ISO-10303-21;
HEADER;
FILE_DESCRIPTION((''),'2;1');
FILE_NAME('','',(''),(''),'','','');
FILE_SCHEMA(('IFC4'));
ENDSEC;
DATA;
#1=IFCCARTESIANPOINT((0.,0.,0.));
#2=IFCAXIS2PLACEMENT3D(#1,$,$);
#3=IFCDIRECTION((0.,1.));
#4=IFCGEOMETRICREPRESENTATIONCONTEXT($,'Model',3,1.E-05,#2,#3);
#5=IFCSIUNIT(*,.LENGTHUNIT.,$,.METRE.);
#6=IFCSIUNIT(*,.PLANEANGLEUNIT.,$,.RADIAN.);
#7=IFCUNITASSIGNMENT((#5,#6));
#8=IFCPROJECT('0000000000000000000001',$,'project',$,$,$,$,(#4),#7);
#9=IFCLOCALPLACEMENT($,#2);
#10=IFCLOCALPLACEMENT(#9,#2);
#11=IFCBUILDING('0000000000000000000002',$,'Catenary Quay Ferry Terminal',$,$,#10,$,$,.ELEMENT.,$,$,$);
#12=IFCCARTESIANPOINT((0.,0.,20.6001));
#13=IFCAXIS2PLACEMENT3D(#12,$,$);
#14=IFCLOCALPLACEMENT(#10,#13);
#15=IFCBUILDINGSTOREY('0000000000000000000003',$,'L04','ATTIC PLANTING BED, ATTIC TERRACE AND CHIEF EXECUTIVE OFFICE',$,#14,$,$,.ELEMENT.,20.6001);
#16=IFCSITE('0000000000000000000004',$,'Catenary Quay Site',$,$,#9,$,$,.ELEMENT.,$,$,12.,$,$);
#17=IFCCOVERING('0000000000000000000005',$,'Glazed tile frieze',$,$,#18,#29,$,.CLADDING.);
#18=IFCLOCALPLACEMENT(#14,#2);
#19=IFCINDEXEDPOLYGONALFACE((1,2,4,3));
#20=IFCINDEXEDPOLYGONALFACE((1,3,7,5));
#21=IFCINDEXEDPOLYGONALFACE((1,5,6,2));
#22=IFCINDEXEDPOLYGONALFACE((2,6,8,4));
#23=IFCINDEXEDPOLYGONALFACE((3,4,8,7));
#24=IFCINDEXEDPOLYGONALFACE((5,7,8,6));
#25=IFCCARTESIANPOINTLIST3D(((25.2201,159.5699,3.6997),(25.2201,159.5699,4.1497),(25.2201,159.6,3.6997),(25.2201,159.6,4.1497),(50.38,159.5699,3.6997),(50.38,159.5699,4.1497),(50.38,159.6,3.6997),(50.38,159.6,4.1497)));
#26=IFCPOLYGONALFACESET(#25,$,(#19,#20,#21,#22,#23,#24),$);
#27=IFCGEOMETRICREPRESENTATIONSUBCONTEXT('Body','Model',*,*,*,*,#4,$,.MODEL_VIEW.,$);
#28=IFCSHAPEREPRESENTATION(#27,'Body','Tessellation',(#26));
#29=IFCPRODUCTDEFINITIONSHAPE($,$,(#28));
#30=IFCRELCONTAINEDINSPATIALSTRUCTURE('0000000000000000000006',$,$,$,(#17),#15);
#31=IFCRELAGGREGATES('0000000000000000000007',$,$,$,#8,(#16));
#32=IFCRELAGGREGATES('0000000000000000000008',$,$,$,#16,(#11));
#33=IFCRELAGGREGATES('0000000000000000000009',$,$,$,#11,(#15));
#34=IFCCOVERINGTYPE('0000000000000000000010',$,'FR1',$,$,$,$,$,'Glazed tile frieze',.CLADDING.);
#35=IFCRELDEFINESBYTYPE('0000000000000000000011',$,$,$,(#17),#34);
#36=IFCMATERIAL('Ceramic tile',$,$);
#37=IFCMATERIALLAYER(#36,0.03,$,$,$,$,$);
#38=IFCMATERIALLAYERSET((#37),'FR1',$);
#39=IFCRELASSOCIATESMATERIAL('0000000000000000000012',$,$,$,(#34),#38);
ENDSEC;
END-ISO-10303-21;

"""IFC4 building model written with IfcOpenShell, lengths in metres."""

from ifc_helpers import new_model, si_unit, direction, frame, origin, origin_2d, place, context, subcontext, project, spatial, rectangle, extrude, material, layer, layer_set, type_object, element, save


model = new_model("IFC4")

# Units and contexts
model_context = context("Model", 3, precision=1e-05, world=origin(), true_north=direction((0.0, 1.0)))
body_context = subcontext(model_context, "Body", "Model", "MODEL_VIEW")
ifc_project = project(units=[si_unit("LENGTHUNIT", "METRE"), si_unit("PLANEANGLEUNIT", "RADIAN")], contexts=[model_context])

# Site, building, storey
site_placement = place(None, origin())
site = spatial("IfcSite", under=ifc_project, at=site_placement, Name="Catenary Quay Site", CompositionType="ELEMENT", RefElevation=12.0)
building_placement = place(site_placement, origin())
building = spatial("IfcBuilding", under=site, at=building_placement, Name="Catenary Quay Ferry Terminal", CompositionType="ELEMENT")
storey_placement = place(building_placement, frame((0.0, 0.0, 20.6001)))
storey = spatial("IfcBuildingStorey", under=building, at=storey_placement, Name="L04", Description="ATTIC PLANTING BED, ATTIC TERRACE AND CHIEF EXECUTIVE OFFICE", CompositionType="ELEMENT", Elevation=20.6001)

# Covering
ifc_material_1 = material(Name="Ceramic tile")
ifc_layer_1 = layer(ifc_material_1, 0.03)
ifc_layer_set_1 = layer_set([ifc_layer_1], Name="FR1")
covering_type_1 = type_object("IfcCoveringType", Name="FR1", ElementType="Glazed tile frieze", PredefinedType="CLADDING", material=ifc_layer_set_1)
covering_1_placement = place(storey_placement, frame((37.8, 159.585, 3.6997), z_axis=(0.0, 0.0, 1.0), x_axis=(1.0, 0.0, 0.0)))
element("IfcCovering", 1, at=covering_1_placement, inside=storey, type_object=covering_type_1, Name="Glazed tile frieze", PredefinedType="CLADDING", context=body_context, shape_type="SweptSolid", body=[
    extrude(rectangle(XDim=25.1599, YDim=0.03, at=origin_2d()), origin(), (0.0, 0.0, 1.0), 0.45),
])

save(model, "model.ifc")
